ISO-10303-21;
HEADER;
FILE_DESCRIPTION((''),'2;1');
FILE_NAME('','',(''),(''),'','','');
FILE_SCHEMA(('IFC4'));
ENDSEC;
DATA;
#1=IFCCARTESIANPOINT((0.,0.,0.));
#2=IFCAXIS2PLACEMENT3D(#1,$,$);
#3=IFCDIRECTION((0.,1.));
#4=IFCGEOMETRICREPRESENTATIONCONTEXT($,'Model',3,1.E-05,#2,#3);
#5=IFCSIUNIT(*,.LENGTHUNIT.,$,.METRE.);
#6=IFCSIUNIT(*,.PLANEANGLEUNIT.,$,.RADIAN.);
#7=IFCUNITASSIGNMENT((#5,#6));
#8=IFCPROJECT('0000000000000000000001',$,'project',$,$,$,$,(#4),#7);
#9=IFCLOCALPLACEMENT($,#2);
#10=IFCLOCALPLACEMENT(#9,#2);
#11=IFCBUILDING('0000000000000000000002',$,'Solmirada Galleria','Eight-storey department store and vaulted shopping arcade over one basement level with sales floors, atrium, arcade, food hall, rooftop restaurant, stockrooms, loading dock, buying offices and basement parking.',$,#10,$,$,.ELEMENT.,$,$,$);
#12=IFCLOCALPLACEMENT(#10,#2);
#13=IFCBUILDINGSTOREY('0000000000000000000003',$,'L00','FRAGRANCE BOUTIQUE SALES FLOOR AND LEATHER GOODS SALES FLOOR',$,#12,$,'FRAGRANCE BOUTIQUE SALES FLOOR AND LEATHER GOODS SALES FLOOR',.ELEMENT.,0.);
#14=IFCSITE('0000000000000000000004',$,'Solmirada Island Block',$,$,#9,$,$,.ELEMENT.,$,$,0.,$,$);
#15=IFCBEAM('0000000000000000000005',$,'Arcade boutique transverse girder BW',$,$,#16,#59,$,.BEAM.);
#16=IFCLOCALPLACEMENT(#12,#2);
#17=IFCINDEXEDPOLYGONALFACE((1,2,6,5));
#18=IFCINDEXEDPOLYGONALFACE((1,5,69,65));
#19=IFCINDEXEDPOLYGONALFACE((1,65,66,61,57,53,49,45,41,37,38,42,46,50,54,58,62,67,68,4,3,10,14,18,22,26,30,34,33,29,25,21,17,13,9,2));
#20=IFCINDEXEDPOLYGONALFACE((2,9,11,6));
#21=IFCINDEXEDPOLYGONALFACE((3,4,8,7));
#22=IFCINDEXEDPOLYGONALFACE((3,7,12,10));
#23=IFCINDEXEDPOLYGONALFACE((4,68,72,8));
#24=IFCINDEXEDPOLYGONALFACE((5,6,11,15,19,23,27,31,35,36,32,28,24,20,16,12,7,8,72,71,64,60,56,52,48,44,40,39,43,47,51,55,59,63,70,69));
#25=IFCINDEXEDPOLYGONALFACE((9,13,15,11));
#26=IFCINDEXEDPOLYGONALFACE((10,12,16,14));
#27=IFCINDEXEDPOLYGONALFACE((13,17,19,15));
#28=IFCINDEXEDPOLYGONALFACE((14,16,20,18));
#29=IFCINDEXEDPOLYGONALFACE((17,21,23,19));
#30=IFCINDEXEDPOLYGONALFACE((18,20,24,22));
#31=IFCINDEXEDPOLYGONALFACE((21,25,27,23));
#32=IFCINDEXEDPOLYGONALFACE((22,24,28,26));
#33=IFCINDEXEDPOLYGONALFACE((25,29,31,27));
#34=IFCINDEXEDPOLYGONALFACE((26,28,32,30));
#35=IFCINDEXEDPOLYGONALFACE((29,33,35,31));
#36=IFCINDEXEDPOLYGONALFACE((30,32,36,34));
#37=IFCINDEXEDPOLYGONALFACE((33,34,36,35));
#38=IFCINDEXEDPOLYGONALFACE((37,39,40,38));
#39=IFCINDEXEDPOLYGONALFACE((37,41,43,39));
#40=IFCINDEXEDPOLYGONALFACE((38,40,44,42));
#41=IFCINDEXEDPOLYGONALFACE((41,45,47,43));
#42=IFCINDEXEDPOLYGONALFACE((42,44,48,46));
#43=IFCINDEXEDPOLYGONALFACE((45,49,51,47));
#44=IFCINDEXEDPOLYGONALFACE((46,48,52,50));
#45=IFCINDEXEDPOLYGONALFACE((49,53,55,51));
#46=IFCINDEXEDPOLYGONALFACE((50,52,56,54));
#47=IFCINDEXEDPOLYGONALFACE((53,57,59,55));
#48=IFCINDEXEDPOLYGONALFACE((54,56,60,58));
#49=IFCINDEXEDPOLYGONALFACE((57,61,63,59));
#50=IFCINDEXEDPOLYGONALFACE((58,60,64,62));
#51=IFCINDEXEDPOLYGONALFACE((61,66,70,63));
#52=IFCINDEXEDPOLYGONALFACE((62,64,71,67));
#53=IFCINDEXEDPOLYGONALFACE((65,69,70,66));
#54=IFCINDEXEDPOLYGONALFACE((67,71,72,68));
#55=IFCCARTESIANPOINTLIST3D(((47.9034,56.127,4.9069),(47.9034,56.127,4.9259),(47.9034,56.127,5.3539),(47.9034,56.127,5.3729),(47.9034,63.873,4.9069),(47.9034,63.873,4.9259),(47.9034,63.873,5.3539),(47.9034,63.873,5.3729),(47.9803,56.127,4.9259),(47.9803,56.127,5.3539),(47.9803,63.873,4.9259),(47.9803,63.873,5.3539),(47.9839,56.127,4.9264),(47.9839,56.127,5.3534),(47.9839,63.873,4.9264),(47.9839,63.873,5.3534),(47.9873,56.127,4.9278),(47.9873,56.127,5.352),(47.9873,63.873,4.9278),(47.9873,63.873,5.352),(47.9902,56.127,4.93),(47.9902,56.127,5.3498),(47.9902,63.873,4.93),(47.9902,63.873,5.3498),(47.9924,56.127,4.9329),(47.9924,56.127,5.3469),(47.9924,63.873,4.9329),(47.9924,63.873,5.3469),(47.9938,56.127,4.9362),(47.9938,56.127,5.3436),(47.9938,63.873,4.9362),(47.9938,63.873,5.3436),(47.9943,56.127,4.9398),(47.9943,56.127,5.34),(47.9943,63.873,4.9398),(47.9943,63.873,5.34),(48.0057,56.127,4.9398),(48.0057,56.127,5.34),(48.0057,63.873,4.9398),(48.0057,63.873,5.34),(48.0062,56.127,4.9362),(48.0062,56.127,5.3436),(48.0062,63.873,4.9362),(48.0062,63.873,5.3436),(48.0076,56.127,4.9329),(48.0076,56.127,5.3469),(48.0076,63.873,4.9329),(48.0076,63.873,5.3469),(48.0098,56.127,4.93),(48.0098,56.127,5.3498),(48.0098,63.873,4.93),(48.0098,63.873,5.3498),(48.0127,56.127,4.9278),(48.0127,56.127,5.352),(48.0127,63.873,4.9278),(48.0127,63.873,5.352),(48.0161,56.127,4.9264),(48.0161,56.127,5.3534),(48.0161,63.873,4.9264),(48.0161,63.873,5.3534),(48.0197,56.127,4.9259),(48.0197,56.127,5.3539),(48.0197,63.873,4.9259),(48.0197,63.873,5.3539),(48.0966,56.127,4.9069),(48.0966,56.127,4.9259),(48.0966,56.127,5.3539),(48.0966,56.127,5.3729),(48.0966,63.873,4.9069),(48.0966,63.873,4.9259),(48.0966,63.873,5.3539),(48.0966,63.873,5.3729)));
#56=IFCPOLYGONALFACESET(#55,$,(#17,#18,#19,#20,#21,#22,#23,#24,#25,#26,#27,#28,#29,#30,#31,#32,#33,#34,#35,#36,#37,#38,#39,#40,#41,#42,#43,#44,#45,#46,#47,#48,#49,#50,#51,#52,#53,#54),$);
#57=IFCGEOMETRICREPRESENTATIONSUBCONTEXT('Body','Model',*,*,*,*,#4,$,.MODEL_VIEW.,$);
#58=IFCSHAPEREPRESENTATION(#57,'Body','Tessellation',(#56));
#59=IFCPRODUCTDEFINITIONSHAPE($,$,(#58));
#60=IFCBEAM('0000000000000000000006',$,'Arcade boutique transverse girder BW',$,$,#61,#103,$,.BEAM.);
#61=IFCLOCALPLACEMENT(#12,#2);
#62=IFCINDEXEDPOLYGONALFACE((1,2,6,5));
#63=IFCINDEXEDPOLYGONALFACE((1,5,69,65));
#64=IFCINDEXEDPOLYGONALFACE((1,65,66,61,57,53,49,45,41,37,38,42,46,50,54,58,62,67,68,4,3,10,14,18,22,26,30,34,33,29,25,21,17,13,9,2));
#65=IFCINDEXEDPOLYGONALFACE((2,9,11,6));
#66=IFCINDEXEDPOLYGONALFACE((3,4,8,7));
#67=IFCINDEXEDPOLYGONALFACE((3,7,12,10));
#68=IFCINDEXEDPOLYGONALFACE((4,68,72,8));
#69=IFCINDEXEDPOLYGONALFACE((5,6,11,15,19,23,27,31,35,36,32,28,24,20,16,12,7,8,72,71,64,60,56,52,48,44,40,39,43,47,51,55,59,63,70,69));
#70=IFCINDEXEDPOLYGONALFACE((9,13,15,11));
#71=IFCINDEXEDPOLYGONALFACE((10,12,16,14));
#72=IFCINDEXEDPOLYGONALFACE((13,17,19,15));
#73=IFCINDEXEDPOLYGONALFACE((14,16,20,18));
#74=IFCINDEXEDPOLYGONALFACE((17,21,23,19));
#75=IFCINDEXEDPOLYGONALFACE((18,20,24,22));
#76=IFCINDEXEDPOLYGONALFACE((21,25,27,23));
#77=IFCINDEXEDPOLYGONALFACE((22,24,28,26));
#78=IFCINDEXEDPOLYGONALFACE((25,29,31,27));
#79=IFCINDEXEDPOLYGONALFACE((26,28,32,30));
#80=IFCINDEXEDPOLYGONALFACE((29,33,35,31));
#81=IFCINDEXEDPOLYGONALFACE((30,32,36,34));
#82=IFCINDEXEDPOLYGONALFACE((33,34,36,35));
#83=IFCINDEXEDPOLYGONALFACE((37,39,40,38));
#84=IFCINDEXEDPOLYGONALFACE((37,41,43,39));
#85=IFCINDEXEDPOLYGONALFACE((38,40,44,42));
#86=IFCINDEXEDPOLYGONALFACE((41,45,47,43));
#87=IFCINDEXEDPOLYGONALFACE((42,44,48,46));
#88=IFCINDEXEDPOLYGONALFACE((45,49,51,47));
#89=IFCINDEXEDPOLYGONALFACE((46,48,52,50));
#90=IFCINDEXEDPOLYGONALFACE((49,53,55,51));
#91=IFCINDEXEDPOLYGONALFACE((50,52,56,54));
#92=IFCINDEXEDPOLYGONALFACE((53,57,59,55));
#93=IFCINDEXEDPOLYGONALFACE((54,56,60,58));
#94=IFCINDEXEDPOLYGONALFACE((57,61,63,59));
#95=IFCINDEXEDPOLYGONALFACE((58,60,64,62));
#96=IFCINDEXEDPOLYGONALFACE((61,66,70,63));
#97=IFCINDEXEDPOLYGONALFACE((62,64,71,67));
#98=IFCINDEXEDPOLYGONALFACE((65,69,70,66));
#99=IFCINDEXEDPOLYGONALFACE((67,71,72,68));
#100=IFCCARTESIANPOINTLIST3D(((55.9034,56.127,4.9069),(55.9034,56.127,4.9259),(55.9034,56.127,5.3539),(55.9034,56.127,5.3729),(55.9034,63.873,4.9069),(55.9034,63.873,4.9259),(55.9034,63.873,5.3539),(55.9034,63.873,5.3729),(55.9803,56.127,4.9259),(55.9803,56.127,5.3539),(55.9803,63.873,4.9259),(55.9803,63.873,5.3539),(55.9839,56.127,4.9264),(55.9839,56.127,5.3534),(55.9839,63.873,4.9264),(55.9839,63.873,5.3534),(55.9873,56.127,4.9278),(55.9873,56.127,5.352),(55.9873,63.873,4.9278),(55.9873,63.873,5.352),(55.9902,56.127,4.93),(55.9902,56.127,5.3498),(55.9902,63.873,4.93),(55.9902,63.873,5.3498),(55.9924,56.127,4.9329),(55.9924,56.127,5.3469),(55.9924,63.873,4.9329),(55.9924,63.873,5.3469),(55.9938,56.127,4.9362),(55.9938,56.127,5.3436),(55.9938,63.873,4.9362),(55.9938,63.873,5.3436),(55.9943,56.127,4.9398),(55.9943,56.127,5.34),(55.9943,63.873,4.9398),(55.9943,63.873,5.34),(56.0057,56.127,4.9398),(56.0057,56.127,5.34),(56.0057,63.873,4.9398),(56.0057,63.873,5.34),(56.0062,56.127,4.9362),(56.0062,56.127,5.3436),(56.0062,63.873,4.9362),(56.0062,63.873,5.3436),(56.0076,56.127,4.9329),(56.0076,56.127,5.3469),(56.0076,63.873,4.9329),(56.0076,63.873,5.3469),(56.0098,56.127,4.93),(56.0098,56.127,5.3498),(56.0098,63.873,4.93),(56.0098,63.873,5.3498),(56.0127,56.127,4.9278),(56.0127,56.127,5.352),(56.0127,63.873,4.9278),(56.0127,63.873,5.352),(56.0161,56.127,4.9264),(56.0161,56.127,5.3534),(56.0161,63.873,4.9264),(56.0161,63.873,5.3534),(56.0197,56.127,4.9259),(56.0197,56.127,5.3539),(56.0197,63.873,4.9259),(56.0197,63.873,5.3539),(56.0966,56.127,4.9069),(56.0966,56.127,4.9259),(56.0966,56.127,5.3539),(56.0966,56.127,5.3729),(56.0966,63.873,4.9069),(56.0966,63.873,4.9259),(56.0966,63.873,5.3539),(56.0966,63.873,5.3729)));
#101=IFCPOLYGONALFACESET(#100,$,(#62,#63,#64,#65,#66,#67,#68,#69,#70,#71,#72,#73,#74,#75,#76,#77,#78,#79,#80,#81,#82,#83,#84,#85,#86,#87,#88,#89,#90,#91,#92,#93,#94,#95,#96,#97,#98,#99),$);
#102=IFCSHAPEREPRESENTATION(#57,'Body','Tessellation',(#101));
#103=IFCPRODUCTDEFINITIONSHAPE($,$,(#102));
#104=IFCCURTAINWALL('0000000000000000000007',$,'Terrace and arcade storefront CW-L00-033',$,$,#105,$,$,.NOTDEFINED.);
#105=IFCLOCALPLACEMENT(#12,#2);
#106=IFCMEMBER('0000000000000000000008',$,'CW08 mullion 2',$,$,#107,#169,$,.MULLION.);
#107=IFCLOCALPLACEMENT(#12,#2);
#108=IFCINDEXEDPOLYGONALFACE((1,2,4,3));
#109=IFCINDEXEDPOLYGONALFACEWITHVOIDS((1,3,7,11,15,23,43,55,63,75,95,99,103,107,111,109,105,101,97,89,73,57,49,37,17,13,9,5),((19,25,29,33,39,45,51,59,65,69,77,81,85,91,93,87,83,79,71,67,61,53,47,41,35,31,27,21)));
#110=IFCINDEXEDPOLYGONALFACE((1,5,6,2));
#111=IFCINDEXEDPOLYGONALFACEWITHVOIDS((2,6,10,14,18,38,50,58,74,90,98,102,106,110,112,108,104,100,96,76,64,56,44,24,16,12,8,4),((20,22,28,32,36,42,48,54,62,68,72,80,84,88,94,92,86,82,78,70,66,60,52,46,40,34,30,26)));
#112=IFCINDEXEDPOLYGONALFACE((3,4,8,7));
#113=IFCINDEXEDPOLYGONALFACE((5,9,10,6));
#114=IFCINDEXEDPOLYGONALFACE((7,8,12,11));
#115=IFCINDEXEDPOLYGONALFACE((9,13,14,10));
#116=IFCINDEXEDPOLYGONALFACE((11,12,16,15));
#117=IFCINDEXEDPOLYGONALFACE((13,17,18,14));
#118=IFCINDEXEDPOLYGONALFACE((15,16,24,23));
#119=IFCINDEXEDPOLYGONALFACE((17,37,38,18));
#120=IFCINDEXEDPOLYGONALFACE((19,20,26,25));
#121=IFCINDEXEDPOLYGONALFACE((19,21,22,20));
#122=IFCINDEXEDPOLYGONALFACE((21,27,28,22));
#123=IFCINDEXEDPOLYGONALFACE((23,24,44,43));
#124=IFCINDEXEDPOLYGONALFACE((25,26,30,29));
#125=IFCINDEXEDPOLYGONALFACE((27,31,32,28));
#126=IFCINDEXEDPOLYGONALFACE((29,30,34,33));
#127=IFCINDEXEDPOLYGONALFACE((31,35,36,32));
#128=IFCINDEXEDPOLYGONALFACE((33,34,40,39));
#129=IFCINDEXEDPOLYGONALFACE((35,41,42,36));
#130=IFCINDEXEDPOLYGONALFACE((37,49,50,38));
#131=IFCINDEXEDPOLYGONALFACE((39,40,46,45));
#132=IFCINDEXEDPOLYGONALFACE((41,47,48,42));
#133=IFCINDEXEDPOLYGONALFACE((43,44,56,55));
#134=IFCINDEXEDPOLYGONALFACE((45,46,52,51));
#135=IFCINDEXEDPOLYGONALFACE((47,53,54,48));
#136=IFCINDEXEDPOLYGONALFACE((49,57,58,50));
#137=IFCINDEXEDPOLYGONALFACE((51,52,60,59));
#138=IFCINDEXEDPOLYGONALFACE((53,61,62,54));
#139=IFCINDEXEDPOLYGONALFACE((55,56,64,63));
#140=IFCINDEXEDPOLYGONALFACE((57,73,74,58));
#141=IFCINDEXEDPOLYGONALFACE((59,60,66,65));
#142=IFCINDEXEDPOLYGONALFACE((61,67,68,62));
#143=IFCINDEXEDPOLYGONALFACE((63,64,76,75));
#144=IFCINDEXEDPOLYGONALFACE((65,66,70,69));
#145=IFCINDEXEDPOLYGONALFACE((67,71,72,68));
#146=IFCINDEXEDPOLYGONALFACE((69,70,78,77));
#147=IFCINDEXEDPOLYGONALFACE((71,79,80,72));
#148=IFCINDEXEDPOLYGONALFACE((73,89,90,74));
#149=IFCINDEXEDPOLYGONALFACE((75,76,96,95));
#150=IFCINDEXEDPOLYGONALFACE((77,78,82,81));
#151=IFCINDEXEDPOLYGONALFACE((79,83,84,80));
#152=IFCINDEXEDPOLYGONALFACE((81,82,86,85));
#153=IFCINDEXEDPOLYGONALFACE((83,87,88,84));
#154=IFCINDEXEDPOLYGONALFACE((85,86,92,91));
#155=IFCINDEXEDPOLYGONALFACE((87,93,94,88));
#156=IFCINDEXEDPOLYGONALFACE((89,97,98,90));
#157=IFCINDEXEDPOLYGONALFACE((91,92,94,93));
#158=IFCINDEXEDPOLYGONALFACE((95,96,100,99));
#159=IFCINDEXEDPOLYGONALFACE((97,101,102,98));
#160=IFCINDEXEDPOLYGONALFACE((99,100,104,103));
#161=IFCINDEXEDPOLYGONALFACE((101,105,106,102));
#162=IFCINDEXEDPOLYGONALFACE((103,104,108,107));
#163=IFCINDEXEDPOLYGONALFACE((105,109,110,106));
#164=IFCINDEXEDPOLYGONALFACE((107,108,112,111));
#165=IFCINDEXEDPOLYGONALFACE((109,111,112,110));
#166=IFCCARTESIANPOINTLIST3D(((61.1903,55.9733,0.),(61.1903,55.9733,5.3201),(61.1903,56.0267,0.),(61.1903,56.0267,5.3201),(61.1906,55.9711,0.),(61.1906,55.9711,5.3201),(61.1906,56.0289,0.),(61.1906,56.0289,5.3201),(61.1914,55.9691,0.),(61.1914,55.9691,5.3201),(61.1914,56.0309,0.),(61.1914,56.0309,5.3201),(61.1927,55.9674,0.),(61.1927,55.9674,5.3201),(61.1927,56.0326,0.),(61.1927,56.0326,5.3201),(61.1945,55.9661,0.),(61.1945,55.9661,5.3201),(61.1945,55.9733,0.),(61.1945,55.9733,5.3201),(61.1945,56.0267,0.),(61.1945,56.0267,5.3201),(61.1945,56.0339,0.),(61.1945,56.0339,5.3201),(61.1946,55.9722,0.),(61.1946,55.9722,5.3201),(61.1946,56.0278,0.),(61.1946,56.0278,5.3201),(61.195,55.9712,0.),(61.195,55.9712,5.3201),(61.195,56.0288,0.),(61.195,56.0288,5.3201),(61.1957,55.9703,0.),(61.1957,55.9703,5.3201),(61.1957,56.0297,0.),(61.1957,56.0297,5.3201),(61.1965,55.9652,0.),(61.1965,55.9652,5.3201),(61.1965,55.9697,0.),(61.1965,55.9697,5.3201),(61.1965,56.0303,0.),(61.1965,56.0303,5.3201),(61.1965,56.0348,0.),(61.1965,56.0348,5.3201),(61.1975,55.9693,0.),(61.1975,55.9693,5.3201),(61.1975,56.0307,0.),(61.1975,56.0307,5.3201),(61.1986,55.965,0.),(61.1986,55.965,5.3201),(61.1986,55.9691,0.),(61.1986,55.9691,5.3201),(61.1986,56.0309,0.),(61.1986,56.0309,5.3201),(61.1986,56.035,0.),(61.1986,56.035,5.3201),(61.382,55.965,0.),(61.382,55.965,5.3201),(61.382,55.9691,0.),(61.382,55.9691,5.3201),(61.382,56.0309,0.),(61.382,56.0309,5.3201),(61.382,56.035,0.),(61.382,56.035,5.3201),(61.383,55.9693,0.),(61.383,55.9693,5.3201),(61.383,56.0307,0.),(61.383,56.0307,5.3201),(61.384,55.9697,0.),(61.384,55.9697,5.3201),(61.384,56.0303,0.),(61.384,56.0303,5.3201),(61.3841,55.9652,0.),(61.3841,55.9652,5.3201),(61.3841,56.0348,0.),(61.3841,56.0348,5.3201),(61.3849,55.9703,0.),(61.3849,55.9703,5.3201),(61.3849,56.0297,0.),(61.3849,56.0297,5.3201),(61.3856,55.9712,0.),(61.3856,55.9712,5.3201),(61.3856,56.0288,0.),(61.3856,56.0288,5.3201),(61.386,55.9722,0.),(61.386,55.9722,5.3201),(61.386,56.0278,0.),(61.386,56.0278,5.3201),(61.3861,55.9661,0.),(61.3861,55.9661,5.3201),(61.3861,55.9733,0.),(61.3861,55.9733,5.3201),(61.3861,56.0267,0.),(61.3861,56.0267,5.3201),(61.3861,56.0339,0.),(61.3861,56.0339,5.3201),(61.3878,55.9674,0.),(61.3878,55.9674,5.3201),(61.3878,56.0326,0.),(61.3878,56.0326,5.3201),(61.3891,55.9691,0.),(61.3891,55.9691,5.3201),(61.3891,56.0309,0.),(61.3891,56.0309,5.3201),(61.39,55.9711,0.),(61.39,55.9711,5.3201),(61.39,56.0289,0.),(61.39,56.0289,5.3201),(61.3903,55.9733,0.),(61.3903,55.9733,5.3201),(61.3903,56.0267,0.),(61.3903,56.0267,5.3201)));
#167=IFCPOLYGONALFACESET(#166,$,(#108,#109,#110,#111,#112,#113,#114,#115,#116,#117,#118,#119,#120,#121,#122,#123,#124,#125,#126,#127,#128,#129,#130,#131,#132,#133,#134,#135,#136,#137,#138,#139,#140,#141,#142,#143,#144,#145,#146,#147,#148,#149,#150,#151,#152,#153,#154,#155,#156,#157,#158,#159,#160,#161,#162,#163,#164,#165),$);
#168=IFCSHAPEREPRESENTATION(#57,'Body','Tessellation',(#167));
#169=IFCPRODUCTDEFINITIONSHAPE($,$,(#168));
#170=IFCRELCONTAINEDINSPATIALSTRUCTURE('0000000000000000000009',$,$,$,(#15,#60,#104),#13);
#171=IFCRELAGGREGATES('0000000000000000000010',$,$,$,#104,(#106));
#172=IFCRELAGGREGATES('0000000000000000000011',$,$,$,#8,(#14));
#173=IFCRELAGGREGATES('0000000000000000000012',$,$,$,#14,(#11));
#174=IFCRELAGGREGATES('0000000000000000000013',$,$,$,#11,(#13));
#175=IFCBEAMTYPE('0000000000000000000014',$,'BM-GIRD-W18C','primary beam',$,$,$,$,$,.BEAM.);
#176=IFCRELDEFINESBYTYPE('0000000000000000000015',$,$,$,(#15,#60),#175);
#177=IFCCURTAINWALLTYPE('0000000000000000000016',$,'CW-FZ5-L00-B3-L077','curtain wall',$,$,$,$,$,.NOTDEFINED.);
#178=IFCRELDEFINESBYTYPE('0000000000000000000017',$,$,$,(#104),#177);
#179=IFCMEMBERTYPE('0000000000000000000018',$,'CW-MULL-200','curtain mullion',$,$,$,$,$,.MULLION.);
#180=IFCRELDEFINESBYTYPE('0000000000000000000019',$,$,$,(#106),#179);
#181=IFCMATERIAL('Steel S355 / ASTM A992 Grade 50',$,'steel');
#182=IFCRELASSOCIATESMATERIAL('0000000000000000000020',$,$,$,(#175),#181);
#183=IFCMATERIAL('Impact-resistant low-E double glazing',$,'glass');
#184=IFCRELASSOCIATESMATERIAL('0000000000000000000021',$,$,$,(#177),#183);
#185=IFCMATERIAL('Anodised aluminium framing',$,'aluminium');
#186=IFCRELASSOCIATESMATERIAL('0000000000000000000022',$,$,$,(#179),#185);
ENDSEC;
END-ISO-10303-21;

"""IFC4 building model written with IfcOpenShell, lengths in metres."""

from ifc_helpers import new_model, si_unit, direction, frame, origin, origin_2d, place, context, subcontext, project, spatial, hollow_rectangle, i_section, extrude, material, material_profile, profile_set, type_object, element, aggregate, save


model = new_model("IFC4")

# Units and contexts
model_context = context("Model", 3, precision=1e-05, world=origin(), true_north=direction((0.0, 1.0)))
body_context = subcontext(model_context, "Body", "Model", "MODEL_VIEW")
ifc_project = project(units=[si_unit("LENGTHUNIT", "METRE"), si_unit("PLANEANGLEUNIT", "RADIAN")], contexts=[model_context])

# Site, building, storey
site_placement = place(None, origin())
site = spatial("IfcSite", under=ifc_project, at=site_placement, Name="Solmirada Island Block", CompositionType="ELEMENT", RefElevation=0.0)
building_placement = place(site_placement, origin())
building = spatial("IfcBuilding", under=site, at=building_placement, Name="Solmirada Galleria", Description="Eight-storey department store and vaulted shopping arcade over one basement level with sales floors, atrium, arcade, food hall, rooftop restaurant, stockrooms, loading dock, buying offices and basement parking.", CompositionType="ELEMENT")
storey_placement = place(building_placement, origin())
storey = spatial("IfcBuildingStorey", under=building, at=storey_placement, Name="L00", Description="FRAGRANCE BOUTIQUE SALES FLOOR AND LEATHER GOODS SALES FLOOR", LongName="FRAGRANCE BOUTIQUE SALES FLOOR AND LEATHER GOODS SALES FLOOR", CompositionType="ELEMENT", Elevation=0.0)

# Beams
ifc_material_1 = material(Name="Steel S355 / ASTM A992 Grade 50", Category="steel")
ifc_material_profile_1 = material_profile(ifc_material_1, i_section(OverallWidth=0.1931, OverallDepth=0.4661, WebThickness=0.0115, FlangeThickness=0.019, FilletRadius=0.0139, at=origin_2d()), Name="W18X65")
ifc_profile_set_1 = profile_set([ifc_material_profile_1], Name="Steel S355 / ASTM A992 Grade 50")
beam_type = type_object("IfcBeamType", Name="BM-GIRD-W18C", Description="primary beam", PredefinedType="BEAM", material=ifc_profile_set_1)
for number, where, z_axis, x_axis, name in (
    (1, (48.0, 56.127, 5.1399), (0.0, 1.0, 0.0), (-1.0, 0.0, 0.0), "Arcade boutique transverse girder BW"),
    (2, (56.0, 56.127, 5.1399), (0.0, 1.0, 0.0), (-1.0, 0.0, 0.0), "Arcade boutique transverse girder BW"),
):
    element("IfcBeam", number, at=place(storey_placement, frame(where, z_axis=z_axis, x_axis=x_axis)), inside=storey, type_object=beam_type, Name=name, PredefinedType="BEAM", context=body_context, shape_type="SweptSolid", body=[
        extrude(i_section(OverallWidth=0.1931, OverallDepth=0.4661, WebThickness=0.0115, FlangeThickness=0.019, FilletRadius=0.0139, at=origin_2d()), origin(), (0.0, 0.0, 1.0), 7.7461),
    ])

# Curtain wall, member
ifc_material_2 = material(Name="Impact-resistant low-E double glazing", Category="glass")
curtain_wall_type = type_object("IfcCurtainWallType", Name="CW-FZ5-L00-B3-L077", Description="curtain wall", PredefinedType="NOTDEFINED", material=ifc_material_2)
curtain_wall_1_placement = place(storey_placement, origin())
curtain_wall_1 = element("IfcCurtainWall", 3, at=curtain_wall_1_placement, inside=storey, type_object=curtain_wall_type, Name="Terrace and arcade storefront CW-L00-033", PredefinedType="NOTDEFINED")
ifc_material_3 = material(Name="Anodised aluminium framing", Category="aluminium")
ifc_material_profile_2 = material_profile(ifc_material_3, hollow_rectangle(XDim=0.0701, YDim=0.2, WallThickness=0.0042, InnerFilletRadius=0.0042, OuterFilletRadius=0.0083, at=origin_2d()), Name="ALU-MULL-200X70")
ifc_profile_set_2 = profile_set([ifc_material_profile_2], Name="Anodised aluminium framing")
member_type_1 = type_object("IfcMemberType", Name="CW-MULL-200", Description="curtain mullion", PredefinedType="MULLION", material=ifc_profile_set_2)
member_1_placement = place(storey_placement, frame((61.2903, 56.0, 0.0), z_axis=(0.0, 0.0, 1.0), x_axis=(0.0, -1.0, 0.0)))
member_1 = element("IfcMember", 4, at=member_1_placement, type_object=member_type_1, Name="CW08 mullion 2", PredefinedType="MULLION", context=body_context, shape_type="SweptSolid", body=[
    extrude(hollow_rectangle(XDim=0.0701, YDim=0.2, WallThickness=0.0042, InnerFilletRadius=0.0042, OuterFilletRadius=0.0083, at=origin_2d()), origin(), (0.0, 0.0, 1.0), 5.3201),
])

aggregate(curtain_wall_1, [member_1])

save(model, "model.ifc")
